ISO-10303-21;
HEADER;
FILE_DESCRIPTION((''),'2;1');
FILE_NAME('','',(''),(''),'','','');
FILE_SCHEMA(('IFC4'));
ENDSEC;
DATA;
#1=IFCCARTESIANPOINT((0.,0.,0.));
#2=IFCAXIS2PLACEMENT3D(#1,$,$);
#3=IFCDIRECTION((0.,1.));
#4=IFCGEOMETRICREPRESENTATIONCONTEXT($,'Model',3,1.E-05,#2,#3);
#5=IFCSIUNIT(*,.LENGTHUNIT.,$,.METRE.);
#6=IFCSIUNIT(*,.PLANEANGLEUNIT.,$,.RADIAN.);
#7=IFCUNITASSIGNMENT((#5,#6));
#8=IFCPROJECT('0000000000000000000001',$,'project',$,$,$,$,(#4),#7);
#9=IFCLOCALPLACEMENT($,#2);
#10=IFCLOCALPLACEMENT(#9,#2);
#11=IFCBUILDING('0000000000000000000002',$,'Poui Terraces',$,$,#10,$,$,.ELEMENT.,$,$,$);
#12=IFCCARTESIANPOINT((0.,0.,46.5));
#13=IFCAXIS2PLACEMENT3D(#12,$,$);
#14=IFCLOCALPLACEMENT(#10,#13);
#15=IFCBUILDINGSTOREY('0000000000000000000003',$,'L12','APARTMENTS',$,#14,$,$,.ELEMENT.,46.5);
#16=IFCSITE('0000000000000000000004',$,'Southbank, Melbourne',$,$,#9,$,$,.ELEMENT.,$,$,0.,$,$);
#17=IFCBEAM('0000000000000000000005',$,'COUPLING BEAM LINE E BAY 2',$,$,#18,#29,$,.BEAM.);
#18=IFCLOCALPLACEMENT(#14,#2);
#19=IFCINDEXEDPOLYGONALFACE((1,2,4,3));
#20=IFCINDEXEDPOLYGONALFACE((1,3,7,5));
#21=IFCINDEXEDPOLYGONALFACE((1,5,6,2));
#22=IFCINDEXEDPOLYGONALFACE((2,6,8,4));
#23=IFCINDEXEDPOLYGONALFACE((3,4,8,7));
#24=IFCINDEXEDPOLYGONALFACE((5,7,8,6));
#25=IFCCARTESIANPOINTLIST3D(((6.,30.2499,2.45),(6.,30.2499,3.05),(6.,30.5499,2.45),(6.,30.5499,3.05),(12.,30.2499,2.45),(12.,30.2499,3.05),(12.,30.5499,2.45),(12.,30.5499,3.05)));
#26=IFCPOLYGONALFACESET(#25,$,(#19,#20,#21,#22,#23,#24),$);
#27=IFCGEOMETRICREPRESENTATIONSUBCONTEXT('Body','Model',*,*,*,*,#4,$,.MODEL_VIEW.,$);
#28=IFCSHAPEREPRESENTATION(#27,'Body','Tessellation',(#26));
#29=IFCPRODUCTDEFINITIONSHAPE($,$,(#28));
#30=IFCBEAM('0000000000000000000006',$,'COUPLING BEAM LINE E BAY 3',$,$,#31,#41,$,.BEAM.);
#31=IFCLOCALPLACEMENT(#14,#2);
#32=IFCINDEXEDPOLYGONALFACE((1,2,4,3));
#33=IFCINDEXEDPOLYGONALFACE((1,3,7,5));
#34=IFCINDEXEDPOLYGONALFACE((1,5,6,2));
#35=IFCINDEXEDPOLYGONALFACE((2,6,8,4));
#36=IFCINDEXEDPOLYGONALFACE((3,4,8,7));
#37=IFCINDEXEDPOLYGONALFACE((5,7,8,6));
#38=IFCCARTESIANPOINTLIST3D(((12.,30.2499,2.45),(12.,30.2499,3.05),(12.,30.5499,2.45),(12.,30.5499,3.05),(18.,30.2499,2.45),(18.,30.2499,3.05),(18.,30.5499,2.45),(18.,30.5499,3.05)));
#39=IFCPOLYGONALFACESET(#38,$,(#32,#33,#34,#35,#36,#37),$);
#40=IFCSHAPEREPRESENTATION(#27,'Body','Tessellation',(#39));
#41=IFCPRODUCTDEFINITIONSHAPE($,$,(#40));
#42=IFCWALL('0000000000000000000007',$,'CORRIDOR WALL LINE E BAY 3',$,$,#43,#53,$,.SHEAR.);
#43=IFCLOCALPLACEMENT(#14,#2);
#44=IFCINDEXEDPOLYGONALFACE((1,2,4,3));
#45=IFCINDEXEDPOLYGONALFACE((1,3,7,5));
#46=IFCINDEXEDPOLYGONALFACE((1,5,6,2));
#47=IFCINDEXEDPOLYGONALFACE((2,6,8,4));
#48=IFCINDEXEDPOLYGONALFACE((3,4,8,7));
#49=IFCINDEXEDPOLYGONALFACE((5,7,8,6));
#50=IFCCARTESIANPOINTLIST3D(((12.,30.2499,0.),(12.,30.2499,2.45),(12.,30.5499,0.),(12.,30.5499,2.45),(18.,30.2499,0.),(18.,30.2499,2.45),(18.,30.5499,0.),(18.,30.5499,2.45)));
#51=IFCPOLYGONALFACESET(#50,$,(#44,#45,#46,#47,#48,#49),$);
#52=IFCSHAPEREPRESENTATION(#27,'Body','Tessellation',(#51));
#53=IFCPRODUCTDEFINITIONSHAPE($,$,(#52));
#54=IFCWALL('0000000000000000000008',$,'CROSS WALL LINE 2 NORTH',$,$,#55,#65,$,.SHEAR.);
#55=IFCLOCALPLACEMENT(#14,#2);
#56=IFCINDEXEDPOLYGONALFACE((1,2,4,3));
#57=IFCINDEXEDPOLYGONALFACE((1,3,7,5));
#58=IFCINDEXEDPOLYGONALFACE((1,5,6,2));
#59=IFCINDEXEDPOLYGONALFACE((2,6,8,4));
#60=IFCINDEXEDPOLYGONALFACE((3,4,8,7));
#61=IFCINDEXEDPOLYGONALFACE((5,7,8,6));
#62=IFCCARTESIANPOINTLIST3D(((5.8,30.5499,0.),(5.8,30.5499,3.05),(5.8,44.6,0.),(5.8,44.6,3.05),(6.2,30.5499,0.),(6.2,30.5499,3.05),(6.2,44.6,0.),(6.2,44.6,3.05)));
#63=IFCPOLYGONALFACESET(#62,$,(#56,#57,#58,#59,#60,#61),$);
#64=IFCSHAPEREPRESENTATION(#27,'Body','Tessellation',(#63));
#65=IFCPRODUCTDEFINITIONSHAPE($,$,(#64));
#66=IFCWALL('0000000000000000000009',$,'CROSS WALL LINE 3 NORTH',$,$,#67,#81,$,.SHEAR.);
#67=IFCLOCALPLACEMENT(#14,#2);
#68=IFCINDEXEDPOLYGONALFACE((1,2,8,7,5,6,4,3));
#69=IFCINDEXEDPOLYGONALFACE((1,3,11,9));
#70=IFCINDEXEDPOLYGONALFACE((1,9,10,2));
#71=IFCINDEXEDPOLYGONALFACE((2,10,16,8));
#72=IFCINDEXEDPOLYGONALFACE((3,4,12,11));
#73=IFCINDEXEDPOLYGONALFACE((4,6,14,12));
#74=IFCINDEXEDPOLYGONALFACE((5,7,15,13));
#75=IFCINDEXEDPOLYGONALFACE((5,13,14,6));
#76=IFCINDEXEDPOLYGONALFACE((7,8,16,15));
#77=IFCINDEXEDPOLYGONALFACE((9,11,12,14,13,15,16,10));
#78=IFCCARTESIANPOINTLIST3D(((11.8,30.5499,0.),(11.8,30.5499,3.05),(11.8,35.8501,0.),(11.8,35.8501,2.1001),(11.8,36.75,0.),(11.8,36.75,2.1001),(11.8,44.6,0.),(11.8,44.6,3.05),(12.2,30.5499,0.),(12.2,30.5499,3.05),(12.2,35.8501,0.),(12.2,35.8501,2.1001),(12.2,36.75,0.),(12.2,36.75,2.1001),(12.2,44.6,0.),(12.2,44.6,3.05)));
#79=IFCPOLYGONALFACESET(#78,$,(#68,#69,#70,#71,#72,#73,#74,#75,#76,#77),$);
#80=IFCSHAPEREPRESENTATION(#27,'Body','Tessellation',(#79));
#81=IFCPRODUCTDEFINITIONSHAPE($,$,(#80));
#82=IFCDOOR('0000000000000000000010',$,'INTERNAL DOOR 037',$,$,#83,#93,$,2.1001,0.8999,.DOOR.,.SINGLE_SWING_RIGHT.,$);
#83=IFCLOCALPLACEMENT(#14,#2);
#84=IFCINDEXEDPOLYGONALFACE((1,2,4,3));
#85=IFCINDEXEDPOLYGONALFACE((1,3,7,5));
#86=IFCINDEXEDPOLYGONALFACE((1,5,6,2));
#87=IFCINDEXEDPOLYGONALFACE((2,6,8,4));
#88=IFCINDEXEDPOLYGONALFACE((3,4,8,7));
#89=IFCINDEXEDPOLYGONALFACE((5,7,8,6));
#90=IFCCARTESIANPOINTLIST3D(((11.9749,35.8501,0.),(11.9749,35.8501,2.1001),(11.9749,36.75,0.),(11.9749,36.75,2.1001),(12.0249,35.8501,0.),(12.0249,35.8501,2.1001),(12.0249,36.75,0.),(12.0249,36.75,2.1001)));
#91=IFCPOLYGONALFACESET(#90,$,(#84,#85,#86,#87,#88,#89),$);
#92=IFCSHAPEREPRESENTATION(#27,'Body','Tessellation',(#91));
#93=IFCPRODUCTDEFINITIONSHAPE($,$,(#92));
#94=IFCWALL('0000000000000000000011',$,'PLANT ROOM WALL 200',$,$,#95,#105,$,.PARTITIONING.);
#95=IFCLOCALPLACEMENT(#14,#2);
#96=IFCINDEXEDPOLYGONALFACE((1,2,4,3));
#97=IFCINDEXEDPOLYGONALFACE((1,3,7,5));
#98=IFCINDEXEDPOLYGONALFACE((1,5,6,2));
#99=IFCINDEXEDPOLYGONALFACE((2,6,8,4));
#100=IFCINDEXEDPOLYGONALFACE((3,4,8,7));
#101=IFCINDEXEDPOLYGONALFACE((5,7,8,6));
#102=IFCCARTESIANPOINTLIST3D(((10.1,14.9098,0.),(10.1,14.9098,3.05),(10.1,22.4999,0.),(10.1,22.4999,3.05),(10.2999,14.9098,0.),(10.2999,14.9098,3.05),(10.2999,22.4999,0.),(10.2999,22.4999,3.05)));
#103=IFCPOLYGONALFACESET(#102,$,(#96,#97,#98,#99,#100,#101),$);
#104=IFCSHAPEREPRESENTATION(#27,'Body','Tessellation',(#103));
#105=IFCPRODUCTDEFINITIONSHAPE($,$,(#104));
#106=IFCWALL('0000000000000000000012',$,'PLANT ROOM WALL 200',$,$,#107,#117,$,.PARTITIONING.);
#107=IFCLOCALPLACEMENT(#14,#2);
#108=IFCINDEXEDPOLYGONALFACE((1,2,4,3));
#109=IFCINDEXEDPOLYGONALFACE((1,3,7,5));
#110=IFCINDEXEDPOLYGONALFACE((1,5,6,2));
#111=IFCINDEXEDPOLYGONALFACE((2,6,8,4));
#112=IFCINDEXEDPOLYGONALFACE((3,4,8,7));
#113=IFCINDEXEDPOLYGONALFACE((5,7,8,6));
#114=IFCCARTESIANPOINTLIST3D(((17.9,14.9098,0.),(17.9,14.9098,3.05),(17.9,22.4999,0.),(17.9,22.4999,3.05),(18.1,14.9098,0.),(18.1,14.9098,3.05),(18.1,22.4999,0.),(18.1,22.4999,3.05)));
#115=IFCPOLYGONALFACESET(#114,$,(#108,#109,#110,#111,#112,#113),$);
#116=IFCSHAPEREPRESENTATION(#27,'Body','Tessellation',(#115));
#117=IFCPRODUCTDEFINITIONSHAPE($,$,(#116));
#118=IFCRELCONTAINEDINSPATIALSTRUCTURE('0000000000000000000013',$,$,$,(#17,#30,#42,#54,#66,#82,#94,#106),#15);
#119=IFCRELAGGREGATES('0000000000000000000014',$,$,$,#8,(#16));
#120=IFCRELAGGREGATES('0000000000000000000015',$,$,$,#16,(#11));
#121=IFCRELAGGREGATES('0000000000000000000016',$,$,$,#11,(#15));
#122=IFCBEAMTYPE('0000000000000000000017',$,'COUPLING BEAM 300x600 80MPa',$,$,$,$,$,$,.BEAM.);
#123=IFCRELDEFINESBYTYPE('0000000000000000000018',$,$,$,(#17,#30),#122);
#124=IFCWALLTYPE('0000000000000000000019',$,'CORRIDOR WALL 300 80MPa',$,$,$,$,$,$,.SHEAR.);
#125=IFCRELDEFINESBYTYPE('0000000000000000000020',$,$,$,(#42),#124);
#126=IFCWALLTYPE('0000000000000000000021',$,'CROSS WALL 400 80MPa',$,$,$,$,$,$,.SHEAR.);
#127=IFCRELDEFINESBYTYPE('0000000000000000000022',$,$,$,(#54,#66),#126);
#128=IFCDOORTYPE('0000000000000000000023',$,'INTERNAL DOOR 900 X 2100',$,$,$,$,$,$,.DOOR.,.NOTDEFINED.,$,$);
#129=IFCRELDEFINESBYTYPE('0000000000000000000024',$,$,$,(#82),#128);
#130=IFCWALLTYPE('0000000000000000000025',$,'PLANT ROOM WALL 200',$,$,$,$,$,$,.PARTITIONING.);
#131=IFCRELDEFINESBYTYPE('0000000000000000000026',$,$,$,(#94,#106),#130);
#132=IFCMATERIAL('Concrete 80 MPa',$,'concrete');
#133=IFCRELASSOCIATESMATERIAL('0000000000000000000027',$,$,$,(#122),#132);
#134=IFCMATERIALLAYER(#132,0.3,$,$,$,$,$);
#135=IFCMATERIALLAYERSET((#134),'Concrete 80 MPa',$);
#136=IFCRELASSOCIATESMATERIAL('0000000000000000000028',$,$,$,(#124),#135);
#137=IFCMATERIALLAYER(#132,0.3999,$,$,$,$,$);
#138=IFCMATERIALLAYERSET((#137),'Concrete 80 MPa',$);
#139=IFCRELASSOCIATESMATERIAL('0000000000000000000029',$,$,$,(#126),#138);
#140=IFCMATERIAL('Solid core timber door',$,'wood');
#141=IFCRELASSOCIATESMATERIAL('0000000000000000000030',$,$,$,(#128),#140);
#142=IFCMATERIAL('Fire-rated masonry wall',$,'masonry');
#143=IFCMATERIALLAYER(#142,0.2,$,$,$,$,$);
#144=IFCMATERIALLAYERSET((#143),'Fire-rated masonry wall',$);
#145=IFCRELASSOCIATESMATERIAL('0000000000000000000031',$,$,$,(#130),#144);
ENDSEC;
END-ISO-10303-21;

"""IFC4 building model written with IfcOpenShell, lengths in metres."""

from ifc_helpers import new_model, si_unit, direction, frame, frame_2d, origin, origin_2d, place, context, subcontext, project, spatial, rectangle, extrude, source, transform, mapped, material, layer, layer_set, material_profile, profile_set, type_object, element, fill, save


model = new_model("IFC4")

# Units and contexts
model_context = context("Model", 3, precision=1e-05, world=origin(), true_north=direction((0.0, 1.0)))
body_context = subcontext(model_context, "Body", "Model", "MODEL_VIEW")
ifc_project = project(units=[si_unit("LENGTHUNIT", "METRE"), si_unit("PLANEANGLEUNIT", "RADIAN")], contexts=[model_context])

# Site, building, storey
site_placement = place(None, origin())
site = spatial("IfcSite", under=ifc_project, at=site_placement, Name="Southbank, Melbourne", CompositionType="ELEMENT", RefElevation=0.0)
building_placement = place(site_placement, origin())
building = spatial("IfcBuilding", under=site, at=building_placement, Name="Poui Terraces", CompositionType="ELEMENT")
storey_placement = place(building_placement, frame((0.0, 0.0, 46.5)))
storey = spatial("IfcBuildingStorey", under=building, at=storey_placement, Name="L12", Description="APARTMENTS", CompositionType="ELEMENT", Elevation=46.5)

# Beams
ifc_material_1 = material(Name="Concrete 80 MPa", Category="concrete")
ifc_material_profile = material_profile(ifc_material_1, rectangle(XDim=0.3, YDim=0.6001, at=origin_2d()), Name="RC 300x600")
ifc_profile_set = profile_set([ifc_material_profile], Name="Concrete 80 MPa")
beam_type = type_object("IfcBeamType", Name="COUPLING BEAM 300x600 80MPa", PredefinedType="BEAM", material=ifc_profile_set)
shared_shape = source(origin(), body_context, "Body", "SweptSolid", [
    extrude(rectangle(XDim=0.3, YDim=0.6001, at=origin_2d()), origin(), (0.0, 0.0, 1.0), 6.0),
])
for number, where, z_axis, x_axis, name in (
    (1, (6.0, 30.3999, 2.75), (1.0, 0.0, 0.0), (0.0, 1.0, 0.0), "COUPLING BEAM LINE E BAY 2"),
    (2, (12.0, 30.3999, 2.75), (1.0, 0.0, 0.0), (0.0, 1.0, 0.0), "COUPLING BEAM LINE E BAY 3"),
):
    element("IfcBeam", number, at=place(storey_placement, frame(where, z_axis=z_axis, x_axis=x_axis)), inside=storey, type_object=beam_type, Name=name, PredefinedType="BEAM", context=body_context, shape_type="MappedRepresentation", body=[
        mapped(shared_shape, transform((0.0, 0.0, 0.0))),
    ])

# Walls
ifc_layer_1 = layer(ifc_material_1, 0.3)
ifc_layer_set_1 = layer_set([ifc_layer_1], Name="Concrete 80 MPa")
wall_type_1 = type_object("IfcWallType", Name="CORRIDOR WALL 300 80MPa", PredefinedType="SHEAR", material=ifc_layer_set_1)
wall_1_placement = place(storey_placement, frame((12.0, 30.3999, 0.0), z_axis=(0.0, 0.0, 1.0), x_axis=(1.0, 0.0, 0.0)))
element("IfcWall", 3, at=wall_1_placement, inside=storey, type_object=wall_type_1, Name="CORRIDOR WALL LINE E BAY 3", PredefinedType="SHEAR", context=body_context, shape_type="SweptSolid", body=[
    extrude(rectangle(XDim=6.0, YDim=0.3, at=frame_2d((3.0, 0.0))), origin(), (0.0, 0.0, 1.0), 2.45),
])
ifc_layer_2 = layer(ifc_material_1, 0.3999)
ifc_layer_set_2 = layer_set([ifc_layer_2], Name="Concrete 80 MPa")
wall_type_2 = type_object("IfcWallType", Name="CROSS WALL 400 80MPa", PredefinedType="SHEAR", material=ifc_layer_set_2)
wall_2_placement = place(storey_placement, frame((6.0, 30.55, 0.0), z_axis=(0.0, 0.0, 1.0), x_axis=(0.0, 1.0, 0.0)))
element("IfcWall", 4, at=wall_2_placement, inside=storey, type_object=wall_type_2, Name="CROSS WALL LINE 2 NORTH", PredefinedType="SHEAR", context=body_context, shape_type="SweptSolid", body=[
    extrude(rectangle(XDim=14.05, YDim=0.3999, at=frame_2d((7.0249, 0.0))), origin(), (0.0, 0.0, 1.0), 3.05),
])

# Wall, opening, door
wall_3_placement = place(storey_placement, frame((12.0, 30.55, 0.0), z_axis=(0.0, 0.0, 1.0), x_axis=(0.0, 1.0, 0.0)))
wall_3 = element("IfcWall", 5, at=wall_3_placement, inside=storey, type_object=wall_type_2, Name="CROSS WALL LINE 3 NORTH", PredefinedType="SHEAR", context=body_context, shape_type="SweptSolid", body=[
    extrude(rectangle(XDim=14.05, YDim=0.3999, at=frame_2d((7.0249, 0.0))), origin(), (0.0, 0.0, 1.0), 3.05),
])
opening_placement = place(wall_3_placement, frame((5.3, 0.0, 0.0)))
opening = element("IfcOpeningElement", 6, at=opening_placement, cuts=wall_3, PredefinedType="OPENING", context=body_context, shape_type="SweptSolid", body=[
    extrude(rectangle(XDim=0.8999, YDim=2.1001, at=frame_2d((0.45, 1.05))), frame((0.0, 0.21, 0.0), z_axis=(0.0, -1.0, 0.0), x_axis=(1.0, 0.0, 0.0)), (0.0, 0.0, 1.0), 0.4199),
])
ifc_material_2 = material(Name="Solid core timber door", Category="wood")
door_type = type_object("IfcDoorType", Name="INTERNAL DOOR 900 X 2100", OperationType="NOTDEFINED", PredefinedType="DOOR", material=ifc_material_2)
door_placement = place(opening_placement, frame((0.8999, 0.0, 0.0), z_axis=(0.0, 0.0, 1.0), x_axis=(-1.0, 0.0, 0.0)))
door = element("IfcDoor", 7, at=door_placement, inside=storey, type_object=door_type, Name="INTERNAL DOOR 037", OperationType="SINGLE_SWING_RIGHT", OverallHeight=2.1001, OverallWidth=0.8999, PredefinedType="DOOR", context=body_context, shape_type="SweptSolid", body=[
    extrude(rectangle(XDim=0.8999, YDim=2.1001, at=frame_2d((0.45, 1.05))), frame((0.0, 0.0249, 0.0), z_axis=(0.0, -1.0, 0.0), x_axis=(1.0, 0.0, 0.0)), (0.0, 0.0, 1.0), 0.05),
])
fill(opening, door)

# Walls
ifc_material_3 = material(Name="Fire-rated masonry wall", Category="masonry")
ifc_layer_3 = layer(ifc_material_3, 0.2)
ifc_layer_set_3 = layer_set([ifc_layer_3], Name="Fire-rated masonry wall")
wall_type_3 = type_object("IfcWallType", Name="PLANT ROOM WALL 200", PredefinedType="PARTITIONING", material=ifc_layer_set_3)
for number, where, z_axis, x_axis, name in (
    (8, (10.2, 14.9099, 0.0), (0.0, 0.0, 1.0), (0.0, 1.0, 0.0), "PLANT ROOM WALL 200"),
    (9, (18.0, 14.9099, 0.0), (0.0, 0.0, 1.0), (0.0, 1.0, 0.0), "PLANT ROOM WALL 200"),
):
    element("IfcWall", number, at=place(storey_placement, frame(where, z_axis=z_axis, x_axis=x_axis)), inside=storey, type_object=wall_type_3, Name=name, PredefinedType="PARTITIONING", context=body_context, shape_type="SweptSolid", body=[
        extrude(rectangle(XDim=7.5901, YDim=0.2, at=frame_2d((3.7949, 0.0))), origin(), (0.0, 0.0, 1.0), 3.05),
    ])

save(model, "model.ifc")
